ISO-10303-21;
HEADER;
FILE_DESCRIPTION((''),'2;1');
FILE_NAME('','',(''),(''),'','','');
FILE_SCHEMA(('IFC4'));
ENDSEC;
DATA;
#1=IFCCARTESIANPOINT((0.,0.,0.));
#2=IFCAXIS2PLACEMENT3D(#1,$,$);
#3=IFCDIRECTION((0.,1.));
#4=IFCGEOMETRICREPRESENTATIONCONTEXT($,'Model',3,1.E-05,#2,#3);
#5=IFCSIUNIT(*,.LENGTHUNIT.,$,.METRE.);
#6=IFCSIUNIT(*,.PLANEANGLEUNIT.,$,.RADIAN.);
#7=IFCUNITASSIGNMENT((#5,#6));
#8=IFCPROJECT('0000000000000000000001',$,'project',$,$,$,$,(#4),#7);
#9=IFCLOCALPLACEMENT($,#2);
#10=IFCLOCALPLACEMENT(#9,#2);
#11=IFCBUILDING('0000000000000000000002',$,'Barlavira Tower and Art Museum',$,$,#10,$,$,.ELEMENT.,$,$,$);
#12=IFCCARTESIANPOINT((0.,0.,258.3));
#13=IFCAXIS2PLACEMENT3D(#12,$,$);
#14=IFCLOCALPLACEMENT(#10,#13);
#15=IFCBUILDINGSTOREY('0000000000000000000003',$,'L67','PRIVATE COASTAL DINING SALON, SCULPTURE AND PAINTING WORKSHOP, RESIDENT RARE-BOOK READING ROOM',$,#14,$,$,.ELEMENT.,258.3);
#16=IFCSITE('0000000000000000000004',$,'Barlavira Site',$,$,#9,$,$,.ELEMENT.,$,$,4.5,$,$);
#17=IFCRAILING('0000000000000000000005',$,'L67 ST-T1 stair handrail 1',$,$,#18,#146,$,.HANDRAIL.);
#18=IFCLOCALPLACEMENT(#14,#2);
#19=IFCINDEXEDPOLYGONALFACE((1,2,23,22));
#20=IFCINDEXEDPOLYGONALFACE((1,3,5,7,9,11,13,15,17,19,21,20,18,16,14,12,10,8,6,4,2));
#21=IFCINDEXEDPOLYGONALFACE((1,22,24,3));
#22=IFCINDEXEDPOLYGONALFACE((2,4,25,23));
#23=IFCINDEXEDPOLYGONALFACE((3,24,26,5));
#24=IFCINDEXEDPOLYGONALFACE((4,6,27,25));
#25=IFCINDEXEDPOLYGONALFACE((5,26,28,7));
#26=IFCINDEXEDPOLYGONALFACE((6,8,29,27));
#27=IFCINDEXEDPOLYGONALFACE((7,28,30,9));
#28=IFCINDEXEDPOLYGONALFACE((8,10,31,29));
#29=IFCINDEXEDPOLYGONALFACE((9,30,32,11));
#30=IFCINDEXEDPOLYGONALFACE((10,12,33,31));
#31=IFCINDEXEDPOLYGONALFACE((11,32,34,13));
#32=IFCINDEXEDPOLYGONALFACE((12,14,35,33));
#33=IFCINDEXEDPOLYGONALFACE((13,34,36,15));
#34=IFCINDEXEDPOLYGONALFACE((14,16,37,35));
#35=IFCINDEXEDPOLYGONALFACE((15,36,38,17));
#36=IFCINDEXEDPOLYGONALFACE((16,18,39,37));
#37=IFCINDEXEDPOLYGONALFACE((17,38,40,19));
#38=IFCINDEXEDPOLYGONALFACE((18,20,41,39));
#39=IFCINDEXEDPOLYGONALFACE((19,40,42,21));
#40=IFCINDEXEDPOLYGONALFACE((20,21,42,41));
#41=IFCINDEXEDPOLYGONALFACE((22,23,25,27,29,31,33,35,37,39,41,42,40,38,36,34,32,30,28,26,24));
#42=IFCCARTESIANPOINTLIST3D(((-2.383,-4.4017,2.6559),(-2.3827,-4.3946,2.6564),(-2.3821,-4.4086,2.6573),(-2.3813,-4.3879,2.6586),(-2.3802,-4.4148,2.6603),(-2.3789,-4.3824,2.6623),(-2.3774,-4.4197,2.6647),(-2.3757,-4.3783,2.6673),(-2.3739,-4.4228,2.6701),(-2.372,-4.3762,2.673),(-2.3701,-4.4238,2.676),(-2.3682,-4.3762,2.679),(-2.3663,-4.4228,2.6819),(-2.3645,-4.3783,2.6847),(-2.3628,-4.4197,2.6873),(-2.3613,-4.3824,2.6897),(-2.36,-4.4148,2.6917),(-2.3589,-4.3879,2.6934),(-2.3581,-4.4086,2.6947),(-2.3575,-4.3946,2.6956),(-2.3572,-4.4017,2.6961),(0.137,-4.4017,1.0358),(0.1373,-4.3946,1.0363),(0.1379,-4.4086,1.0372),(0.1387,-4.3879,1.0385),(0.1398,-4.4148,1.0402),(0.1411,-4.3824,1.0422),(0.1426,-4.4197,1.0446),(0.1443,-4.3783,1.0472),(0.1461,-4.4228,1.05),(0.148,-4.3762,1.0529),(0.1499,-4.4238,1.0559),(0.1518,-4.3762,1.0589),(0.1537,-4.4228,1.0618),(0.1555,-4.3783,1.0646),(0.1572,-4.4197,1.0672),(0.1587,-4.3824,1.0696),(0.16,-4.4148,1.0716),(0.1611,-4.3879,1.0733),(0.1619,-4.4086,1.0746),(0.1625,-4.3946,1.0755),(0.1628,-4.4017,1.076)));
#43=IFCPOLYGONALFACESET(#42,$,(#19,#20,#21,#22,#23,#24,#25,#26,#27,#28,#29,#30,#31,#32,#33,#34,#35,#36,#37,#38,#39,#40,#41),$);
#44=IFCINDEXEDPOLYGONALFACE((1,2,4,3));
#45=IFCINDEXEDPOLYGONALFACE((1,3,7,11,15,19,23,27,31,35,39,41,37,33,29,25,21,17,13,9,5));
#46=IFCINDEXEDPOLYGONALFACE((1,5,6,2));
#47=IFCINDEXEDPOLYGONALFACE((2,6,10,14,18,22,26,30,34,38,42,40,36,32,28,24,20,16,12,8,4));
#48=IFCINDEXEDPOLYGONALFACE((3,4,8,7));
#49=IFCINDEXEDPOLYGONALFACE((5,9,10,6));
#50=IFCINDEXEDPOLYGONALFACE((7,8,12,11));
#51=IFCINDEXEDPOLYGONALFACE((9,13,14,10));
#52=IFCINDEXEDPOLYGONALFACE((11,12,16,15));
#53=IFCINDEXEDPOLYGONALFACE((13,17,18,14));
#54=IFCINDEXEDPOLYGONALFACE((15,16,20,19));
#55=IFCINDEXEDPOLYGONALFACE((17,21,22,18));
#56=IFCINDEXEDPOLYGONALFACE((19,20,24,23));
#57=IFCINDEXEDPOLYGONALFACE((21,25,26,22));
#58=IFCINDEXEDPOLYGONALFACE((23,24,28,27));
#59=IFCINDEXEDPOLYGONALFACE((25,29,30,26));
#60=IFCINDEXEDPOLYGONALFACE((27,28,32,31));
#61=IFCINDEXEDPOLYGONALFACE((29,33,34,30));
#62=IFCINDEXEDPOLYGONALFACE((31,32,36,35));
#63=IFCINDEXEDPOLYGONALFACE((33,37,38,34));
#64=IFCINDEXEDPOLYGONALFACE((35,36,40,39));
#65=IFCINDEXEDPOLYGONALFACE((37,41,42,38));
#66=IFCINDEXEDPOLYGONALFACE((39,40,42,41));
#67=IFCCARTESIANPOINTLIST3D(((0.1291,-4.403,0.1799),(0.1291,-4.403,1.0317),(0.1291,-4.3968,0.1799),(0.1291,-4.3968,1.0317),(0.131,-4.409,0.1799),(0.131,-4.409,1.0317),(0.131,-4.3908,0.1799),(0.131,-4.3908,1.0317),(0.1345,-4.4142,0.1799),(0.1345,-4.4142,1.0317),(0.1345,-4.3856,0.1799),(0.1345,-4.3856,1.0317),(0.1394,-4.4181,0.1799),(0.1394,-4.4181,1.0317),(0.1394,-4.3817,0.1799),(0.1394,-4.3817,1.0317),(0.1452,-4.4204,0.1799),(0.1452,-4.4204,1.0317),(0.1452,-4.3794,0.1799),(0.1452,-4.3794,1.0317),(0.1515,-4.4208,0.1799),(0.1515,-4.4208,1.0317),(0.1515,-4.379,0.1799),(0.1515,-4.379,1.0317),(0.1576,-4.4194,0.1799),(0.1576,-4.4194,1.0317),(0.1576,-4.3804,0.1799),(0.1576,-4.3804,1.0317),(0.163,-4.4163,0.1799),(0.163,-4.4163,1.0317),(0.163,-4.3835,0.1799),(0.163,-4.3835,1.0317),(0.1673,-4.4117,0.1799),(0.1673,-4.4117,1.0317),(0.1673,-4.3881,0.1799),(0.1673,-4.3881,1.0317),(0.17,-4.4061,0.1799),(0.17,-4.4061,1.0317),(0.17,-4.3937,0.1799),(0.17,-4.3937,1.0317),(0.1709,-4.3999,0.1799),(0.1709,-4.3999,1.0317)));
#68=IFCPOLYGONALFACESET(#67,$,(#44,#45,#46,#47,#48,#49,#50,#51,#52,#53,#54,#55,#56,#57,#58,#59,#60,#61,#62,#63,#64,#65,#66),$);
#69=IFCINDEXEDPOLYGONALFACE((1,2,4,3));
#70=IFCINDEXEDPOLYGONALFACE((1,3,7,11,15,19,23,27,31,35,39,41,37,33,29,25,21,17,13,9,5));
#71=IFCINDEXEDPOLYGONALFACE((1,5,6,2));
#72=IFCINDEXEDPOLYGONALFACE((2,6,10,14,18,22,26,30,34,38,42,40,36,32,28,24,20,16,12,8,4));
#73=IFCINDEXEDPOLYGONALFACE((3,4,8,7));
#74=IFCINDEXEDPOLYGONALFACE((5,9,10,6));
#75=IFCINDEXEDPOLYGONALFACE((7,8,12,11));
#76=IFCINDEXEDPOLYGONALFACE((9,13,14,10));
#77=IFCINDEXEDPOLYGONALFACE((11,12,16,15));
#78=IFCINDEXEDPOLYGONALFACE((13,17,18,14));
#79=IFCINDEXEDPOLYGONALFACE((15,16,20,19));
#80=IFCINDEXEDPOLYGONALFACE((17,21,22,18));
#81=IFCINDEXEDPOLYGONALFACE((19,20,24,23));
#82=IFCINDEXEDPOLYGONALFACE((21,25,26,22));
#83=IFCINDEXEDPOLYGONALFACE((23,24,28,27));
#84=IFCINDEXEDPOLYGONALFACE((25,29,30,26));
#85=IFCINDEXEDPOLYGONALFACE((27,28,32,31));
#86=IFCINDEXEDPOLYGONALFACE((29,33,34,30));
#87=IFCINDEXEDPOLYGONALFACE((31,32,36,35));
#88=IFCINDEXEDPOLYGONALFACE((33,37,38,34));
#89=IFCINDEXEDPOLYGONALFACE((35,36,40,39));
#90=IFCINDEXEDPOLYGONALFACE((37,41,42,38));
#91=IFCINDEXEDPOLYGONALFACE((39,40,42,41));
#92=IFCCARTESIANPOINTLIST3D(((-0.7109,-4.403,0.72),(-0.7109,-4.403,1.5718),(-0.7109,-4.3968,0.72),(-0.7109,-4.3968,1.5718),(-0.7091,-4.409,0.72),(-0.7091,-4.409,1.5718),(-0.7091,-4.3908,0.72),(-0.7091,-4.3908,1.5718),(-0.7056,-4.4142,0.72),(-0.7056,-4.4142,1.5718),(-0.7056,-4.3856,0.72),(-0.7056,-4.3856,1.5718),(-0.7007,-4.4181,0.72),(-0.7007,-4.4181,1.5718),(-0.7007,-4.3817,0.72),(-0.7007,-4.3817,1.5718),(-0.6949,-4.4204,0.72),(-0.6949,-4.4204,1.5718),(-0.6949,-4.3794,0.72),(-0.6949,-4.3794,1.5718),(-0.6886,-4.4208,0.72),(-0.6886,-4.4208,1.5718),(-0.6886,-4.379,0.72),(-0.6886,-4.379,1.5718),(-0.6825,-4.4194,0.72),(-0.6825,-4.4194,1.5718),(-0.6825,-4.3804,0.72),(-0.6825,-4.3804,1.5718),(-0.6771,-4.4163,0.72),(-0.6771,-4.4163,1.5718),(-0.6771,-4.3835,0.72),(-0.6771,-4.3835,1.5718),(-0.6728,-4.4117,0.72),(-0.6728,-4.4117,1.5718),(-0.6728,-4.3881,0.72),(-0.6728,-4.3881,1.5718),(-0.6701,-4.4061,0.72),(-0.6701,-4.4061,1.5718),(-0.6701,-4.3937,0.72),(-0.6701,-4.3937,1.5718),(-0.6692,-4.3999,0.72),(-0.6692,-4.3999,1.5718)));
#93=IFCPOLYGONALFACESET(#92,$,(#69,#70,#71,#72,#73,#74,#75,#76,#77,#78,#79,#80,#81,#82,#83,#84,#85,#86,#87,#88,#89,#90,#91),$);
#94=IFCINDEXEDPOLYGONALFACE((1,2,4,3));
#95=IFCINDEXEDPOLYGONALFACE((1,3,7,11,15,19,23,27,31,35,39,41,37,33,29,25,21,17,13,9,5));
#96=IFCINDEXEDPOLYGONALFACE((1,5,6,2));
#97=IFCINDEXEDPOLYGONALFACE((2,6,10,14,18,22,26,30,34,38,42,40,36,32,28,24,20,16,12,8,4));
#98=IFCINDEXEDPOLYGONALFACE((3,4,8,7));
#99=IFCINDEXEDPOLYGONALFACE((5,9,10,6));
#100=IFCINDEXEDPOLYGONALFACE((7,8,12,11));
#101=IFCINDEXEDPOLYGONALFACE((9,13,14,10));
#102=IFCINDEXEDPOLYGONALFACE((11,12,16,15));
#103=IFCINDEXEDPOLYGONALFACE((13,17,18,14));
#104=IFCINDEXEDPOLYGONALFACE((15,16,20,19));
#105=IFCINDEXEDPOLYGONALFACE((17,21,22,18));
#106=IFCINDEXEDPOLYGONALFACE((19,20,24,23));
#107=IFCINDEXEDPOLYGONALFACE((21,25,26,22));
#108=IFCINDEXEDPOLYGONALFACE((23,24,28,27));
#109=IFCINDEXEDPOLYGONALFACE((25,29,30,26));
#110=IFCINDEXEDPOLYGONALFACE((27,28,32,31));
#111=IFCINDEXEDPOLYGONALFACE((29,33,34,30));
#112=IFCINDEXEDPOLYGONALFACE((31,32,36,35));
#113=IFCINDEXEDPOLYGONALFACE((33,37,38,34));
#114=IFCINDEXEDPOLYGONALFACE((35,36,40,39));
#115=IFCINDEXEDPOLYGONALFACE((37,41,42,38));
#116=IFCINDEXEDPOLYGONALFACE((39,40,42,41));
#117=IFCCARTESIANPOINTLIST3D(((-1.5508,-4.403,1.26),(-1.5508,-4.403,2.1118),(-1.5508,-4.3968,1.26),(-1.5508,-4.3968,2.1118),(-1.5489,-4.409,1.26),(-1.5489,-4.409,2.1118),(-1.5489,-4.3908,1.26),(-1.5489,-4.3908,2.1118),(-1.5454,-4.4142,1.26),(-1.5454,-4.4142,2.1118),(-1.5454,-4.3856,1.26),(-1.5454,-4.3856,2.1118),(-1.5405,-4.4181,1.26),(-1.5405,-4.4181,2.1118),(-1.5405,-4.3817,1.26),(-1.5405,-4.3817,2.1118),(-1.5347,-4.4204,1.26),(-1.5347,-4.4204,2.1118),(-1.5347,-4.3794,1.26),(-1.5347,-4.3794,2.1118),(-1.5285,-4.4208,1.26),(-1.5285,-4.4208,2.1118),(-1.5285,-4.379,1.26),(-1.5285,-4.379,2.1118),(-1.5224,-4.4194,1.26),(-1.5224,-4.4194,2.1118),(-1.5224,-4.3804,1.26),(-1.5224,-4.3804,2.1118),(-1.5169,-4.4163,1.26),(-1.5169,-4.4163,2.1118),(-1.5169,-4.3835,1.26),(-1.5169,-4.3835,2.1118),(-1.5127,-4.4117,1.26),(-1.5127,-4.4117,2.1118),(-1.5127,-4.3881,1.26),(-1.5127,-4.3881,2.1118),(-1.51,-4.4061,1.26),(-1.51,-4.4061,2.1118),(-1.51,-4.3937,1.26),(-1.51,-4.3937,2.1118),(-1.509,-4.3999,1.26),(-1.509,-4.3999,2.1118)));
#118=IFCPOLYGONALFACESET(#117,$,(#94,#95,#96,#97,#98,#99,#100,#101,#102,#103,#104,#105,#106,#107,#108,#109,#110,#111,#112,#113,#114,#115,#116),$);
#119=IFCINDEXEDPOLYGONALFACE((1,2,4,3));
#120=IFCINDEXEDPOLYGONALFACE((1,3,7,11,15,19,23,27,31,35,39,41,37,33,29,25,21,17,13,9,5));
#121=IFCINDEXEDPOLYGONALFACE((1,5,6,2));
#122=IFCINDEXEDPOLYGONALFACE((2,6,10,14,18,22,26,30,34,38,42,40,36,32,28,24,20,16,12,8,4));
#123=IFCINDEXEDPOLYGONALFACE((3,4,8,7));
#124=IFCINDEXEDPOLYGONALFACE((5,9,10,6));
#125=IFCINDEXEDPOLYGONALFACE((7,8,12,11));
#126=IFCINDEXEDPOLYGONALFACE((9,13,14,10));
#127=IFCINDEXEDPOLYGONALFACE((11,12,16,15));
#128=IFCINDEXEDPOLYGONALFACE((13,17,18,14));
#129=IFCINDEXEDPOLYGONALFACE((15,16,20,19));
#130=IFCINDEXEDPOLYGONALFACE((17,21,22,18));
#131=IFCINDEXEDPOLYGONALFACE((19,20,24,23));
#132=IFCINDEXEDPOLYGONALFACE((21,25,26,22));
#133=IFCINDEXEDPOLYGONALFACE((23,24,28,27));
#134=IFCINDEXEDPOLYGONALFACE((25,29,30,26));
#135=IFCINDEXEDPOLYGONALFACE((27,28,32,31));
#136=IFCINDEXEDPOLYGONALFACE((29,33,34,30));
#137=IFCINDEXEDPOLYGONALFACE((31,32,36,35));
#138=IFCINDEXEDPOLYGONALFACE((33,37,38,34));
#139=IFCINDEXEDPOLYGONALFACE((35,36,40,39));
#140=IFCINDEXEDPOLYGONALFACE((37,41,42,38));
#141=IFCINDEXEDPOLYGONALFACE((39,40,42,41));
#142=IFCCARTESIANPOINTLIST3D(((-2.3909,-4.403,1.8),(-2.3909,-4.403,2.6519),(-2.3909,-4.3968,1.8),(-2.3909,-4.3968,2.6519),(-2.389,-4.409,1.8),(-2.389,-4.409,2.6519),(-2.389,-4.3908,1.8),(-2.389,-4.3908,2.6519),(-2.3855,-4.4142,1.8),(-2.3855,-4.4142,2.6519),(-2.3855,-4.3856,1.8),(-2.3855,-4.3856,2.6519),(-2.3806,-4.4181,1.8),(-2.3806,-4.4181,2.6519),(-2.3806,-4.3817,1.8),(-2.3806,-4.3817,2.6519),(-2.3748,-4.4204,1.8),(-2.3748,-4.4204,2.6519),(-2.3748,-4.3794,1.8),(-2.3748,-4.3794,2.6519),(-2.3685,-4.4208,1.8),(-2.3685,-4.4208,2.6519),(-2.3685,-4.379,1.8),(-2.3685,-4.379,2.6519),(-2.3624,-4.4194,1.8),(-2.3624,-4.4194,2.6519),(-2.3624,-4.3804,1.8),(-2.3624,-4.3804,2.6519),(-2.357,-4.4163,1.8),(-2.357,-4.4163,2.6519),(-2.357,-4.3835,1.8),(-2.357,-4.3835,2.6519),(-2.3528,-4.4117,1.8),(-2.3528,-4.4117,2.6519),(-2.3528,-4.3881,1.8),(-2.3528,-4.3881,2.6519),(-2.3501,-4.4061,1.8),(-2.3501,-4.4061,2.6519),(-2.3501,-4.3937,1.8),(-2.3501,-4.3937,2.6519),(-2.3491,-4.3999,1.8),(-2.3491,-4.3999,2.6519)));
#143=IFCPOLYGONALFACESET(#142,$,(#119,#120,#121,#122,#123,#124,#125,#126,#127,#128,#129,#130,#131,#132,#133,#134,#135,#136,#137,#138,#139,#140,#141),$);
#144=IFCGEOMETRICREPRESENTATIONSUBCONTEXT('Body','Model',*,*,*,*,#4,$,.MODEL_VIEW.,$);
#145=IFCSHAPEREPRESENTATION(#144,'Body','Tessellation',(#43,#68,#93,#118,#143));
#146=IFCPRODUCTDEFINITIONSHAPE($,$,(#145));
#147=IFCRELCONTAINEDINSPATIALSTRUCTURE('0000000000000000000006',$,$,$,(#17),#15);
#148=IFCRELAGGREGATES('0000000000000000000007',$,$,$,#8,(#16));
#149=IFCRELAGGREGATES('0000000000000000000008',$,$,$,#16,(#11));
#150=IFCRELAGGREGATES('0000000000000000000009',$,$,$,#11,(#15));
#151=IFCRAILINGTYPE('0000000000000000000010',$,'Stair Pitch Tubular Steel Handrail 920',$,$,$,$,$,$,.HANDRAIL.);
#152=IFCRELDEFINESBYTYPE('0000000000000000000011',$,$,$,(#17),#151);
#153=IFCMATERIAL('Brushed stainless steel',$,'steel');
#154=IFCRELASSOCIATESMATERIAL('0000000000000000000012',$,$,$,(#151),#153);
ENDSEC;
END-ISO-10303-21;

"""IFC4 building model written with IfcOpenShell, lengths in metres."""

from ifc_helpers import new_model, si_unit, direction, frame, origin, origin_2d, place, context, subcontext, project, spatial, circle, extrude, material, type_object, element, save


model = new_model("IFC4")

# Units and contexts
model_context = context("Model", 3, precision=1e-05, world=origin(), true_north=direction((0.0, 1.0)))
body_context = subcontext(model_context, "Body", "Model", "MODEL_VIEW")
ifc_project = project(units=[si_unit("LENGTHUNIT", "METRE"), si_unit("PLANEANGLEUNIT", "RADIAN")], contexts=[model_context])

# Site, building, storey
site_placement = place(None, origin())
site = spatial("IfcSite", under=ifc_project, at=site_placement, Name="Barlavira Site", CompositionType="ELEMENT", RefElevation=4.5)
building_placement = place(site_placement, origin())
building = spatial("IfcBuilding", under=site, at=building_placement, Name="Barlavira Tower and Art Museum", CompositionType="ELEMENT")
storey_placement = place(building_placement, frame((0.0, 0.0, 258.3)))
storey = spatial("IfcBuildingStorey", under=building, at=storey_placement, Name="L67", Description="PRIVATE COASTAL DINING SALON, SCULPTURE AND PAINTING WORKSHOP, RESIDENT RARE-BOOK READING ROOM", CompositionType="ELEMENT", Elevation=258.3)

# Shared definitions
ifc_material_1 = material(Name="Brushed stainless steel", Category="steel")

# Railing
railing_type_1 = type_object("IfcRailingType", Name="Stair Pitch Tubular Steel Handrail 920", PredefinedType="HANDRAIL", material=ifc_material_1)
railing_1_placement = place(storey_placement, frame((0.1499, -4.3999, 0.1799)))
element("IfcRailing", 1, at=railing_1_placement, inside=storey, type_object=railing_type_1, Name="L67 ST-T1 stair handrail 1", PredefinedType="HANDRAIL", context=body_context, shape_type="SweptSolid", body=[
    extrude(circle(Radius=0.0239, at=origin_2d()), frame((0.0, 0.0, 0.876), z_axis=(-0.841163, 0.0, 0.540782), x_axis=(0.0, -1.0, 0.0)), (0.0, 0.0, 1.0), 2.9958),
    extrude(circle(Radius=0.021, at=origin_2d()), origin(), (0.0, 0.0, 1.0), 0.8518),
    extrude(circle(Radius=0.021, at=origin_2d()), frame((-0.8401, 0.0, 0.54)), (0.0, 0.0, 1.0), 0.8518),
    extrude(circle(Radius=0.021, at=origin_2d()), frame((-1.6799, 0.0, 1.0801)), (0.0, 0.0, 1.0), 0.8518),
    extrude(circle(Radius=0.021, at=origin_2d()), frame((-2.52, 0.0, 1.6201)), (0.0, 0.0, 1.0), 0.8518),
])

save(model, "model.ifc")
